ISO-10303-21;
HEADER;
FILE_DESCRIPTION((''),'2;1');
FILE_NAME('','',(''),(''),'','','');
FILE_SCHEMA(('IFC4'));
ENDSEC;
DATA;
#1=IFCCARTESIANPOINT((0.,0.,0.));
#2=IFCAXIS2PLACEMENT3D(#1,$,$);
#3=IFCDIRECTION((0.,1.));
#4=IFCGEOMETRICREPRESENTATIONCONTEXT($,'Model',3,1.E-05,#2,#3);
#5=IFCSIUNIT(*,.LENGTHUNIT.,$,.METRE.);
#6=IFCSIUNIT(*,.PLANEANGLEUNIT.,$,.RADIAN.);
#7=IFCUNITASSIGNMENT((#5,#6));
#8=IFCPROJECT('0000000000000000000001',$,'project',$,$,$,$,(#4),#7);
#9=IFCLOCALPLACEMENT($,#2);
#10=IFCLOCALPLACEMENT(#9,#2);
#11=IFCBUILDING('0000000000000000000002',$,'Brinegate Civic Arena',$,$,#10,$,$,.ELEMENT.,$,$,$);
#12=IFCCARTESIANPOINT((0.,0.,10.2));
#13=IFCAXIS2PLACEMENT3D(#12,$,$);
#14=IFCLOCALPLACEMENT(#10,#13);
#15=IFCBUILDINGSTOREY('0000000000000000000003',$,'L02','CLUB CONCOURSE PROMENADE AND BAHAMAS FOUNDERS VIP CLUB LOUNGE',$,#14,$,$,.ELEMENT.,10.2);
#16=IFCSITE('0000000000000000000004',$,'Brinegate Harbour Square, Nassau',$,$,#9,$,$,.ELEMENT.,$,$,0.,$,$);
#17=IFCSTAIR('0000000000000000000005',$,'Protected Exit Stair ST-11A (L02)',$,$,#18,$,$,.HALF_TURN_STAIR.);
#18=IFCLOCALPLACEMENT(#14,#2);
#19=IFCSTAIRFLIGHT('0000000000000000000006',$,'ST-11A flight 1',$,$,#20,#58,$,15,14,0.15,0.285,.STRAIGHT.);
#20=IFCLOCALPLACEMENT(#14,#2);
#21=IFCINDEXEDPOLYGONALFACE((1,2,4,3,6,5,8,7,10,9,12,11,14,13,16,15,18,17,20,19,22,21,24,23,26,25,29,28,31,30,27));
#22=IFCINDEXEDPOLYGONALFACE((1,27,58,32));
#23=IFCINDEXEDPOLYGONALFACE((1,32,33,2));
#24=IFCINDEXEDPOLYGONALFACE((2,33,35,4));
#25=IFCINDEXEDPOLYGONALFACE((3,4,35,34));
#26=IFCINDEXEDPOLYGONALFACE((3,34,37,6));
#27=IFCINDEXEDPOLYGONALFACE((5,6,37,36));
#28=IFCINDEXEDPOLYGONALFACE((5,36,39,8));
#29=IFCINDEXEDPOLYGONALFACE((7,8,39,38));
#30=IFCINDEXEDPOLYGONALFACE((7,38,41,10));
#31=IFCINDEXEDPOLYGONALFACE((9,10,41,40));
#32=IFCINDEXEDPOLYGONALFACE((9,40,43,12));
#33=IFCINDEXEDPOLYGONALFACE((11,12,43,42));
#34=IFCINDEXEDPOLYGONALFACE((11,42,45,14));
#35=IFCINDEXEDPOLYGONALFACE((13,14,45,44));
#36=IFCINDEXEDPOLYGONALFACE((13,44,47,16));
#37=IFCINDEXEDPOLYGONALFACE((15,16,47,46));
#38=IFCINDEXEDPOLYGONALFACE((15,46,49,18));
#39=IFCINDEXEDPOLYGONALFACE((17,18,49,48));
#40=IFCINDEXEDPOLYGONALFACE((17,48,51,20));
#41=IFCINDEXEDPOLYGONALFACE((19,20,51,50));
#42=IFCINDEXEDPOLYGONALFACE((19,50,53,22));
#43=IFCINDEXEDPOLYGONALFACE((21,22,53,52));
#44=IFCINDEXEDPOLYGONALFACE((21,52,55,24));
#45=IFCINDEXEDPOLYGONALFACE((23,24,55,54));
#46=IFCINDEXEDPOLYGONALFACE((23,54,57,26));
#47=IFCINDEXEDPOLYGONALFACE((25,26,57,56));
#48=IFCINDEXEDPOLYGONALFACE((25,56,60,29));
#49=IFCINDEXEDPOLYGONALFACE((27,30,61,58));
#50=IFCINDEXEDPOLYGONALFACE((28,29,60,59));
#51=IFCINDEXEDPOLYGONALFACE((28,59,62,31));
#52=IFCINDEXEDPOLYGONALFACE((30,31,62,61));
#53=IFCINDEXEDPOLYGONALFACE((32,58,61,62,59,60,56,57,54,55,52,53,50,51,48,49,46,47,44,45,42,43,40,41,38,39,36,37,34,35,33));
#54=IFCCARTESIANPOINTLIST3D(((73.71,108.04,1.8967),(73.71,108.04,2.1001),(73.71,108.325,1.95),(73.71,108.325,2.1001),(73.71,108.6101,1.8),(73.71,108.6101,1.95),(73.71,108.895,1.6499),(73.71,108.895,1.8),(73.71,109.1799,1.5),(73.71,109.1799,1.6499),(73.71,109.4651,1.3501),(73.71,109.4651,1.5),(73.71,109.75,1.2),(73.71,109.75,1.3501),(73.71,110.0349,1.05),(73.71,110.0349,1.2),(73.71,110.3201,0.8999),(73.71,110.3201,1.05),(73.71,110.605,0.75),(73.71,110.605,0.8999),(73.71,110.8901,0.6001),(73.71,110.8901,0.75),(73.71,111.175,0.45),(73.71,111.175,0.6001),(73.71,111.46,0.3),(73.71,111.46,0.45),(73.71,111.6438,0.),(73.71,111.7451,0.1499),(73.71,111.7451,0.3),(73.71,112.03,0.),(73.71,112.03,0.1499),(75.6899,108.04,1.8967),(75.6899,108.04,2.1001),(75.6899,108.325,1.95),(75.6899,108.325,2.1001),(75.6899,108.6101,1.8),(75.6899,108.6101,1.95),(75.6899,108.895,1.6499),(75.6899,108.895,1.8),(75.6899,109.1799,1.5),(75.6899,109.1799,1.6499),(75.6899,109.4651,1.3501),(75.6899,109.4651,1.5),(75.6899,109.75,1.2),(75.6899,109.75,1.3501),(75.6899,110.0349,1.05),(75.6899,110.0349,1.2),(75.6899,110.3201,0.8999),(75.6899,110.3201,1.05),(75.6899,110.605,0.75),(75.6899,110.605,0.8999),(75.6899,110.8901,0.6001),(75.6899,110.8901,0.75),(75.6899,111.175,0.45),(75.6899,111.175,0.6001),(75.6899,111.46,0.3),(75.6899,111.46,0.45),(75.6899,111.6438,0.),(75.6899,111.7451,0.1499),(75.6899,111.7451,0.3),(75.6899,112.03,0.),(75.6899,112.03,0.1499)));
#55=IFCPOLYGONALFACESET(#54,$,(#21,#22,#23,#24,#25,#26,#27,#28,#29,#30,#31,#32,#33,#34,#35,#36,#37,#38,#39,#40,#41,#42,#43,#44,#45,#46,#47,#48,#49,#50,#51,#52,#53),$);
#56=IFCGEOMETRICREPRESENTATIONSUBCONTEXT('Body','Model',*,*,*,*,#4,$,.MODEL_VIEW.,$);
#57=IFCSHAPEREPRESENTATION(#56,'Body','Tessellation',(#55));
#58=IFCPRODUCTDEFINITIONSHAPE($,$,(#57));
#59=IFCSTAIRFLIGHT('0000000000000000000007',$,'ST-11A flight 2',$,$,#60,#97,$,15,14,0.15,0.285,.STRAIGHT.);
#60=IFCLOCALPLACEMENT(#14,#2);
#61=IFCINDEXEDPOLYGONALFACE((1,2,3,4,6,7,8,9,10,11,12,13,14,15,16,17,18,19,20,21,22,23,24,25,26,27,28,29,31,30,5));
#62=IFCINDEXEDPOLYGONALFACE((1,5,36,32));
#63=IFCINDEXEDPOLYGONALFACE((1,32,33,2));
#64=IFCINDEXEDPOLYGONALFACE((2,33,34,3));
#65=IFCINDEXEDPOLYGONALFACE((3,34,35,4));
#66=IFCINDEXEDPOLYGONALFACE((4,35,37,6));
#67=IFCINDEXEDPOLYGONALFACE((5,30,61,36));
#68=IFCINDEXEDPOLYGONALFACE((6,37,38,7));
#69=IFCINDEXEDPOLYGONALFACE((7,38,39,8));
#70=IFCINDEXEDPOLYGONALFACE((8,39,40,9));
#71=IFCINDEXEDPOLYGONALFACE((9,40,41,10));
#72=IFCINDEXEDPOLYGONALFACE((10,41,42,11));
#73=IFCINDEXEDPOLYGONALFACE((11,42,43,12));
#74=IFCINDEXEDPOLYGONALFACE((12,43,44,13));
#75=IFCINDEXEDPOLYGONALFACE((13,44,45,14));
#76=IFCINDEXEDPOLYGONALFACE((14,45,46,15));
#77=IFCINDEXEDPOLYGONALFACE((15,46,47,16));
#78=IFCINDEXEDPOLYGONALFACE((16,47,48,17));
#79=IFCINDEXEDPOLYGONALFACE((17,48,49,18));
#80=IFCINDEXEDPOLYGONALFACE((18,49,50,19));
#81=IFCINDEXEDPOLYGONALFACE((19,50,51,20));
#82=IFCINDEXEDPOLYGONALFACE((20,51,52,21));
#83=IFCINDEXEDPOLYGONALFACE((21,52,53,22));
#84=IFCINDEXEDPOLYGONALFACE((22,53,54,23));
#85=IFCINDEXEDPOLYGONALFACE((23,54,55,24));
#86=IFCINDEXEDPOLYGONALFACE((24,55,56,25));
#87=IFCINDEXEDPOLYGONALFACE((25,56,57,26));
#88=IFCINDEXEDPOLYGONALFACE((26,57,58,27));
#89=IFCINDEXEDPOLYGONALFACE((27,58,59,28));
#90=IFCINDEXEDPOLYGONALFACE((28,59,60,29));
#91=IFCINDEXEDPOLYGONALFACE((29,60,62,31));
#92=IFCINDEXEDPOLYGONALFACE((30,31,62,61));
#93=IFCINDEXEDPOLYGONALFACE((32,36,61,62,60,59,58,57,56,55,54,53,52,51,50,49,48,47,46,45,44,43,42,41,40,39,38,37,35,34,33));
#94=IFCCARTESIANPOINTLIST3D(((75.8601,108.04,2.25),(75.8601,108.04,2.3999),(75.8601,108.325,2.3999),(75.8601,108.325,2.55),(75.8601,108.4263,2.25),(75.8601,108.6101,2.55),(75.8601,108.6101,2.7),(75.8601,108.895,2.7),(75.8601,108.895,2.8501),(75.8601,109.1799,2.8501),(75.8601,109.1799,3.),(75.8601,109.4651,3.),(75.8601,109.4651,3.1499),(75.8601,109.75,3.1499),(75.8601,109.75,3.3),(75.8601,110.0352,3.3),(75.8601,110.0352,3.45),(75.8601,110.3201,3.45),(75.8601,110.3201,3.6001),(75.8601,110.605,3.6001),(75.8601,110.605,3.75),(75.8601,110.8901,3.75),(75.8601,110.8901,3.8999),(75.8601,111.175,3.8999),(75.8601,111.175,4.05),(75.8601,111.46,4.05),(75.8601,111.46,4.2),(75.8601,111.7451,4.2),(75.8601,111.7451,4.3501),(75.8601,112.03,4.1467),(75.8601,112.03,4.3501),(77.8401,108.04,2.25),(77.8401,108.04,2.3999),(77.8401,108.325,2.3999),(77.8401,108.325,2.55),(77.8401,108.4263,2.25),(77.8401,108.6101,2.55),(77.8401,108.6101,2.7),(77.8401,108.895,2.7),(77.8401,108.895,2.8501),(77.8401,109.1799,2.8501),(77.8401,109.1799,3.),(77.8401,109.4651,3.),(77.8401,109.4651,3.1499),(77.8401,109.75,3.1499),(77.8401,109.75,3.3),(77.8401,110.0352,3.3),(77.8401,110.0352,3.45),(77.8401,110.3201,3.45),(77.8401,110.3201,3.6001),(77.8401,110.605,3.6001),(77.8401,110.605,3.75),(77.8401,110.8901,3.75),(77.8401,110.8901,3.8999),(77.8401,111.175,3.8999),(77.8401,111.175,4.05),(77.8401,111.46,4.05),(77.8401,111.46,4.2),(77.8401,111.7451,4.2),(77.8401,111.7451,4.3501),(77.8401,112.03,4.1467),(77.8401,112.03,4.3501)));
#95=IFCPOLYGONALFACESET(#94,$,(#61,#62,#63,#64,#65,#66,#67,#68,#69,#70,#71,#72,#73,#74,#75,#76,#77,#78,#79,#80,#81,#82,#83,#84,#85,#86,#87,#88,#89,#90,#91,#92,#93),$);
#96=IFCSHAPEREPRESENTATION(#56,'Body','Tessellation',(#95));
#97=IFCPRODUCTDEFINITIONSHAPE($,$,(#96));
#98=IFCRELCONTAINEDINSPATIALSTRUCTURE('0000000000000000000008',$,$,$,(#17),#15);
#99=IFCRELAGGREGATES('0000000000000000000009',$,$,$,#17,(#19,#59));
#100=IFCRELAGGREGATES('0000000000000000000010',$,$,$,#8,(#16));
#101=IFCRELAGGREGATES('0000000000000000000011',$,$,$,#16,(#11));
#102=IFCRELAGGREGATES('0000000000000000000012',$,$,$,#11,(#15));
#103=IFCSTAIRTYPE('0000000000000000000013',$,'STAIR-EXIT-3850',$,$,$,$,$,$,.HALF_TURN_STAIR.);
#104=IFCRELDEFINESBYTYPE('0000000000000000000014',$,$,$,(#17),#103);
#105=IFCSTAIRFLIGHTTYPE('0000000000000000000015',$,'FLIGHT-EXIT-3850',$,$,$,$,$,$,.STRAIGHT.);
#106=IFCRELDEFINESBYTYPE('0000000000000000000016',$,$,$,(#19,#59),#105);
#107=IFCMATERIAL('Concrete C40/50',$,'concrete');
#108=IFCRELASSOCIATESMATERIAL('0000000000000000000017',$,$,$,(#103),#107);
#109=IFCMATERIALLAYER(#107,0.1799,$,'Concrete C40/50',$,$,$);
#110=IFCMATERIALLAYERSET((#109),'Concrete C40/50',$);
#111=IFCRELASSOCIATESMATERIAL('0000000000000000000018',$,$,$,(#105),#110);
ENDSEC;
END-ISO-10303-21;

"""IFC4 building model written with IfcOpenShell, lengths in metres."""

from ifc_helpers import new_model, si_unit, direction, frame, origin, place, context, subcontext, project, spatial, polyline, outline, extrude, material, layer, layer_set, type_object, element, aggregate, save


model = new_model("IFC4")

# Units and contexts
model_context = context("Model", 3, precision=1e-05, world=origin(), true_north=direction((0.0, 1.0)))
body_context = subcontext(model_context, "Body", "Model", "MODEL_VIEW")
ifc_project = project(units=[si_unit("LENGTHUNIT", "METRE"), si_unit("PLANEANGLEUNIT", "RADIAN")], contexts=[model_context])

# Site, building, storey
site_placement = place(None, origin())
site = spatial("IfcSite", under=ifc_project, at=site_placement, Name="Brinegate Harbour Square, Nassau", CompositionType="ELEMENT", RefElevation=0.0)
building_placement = place(site_placement, origin())
building = spatial("IfcBuilding", under=site, at=building_placement, Name="Brinegate Civic Arena", CompositionType="ELEMENT")
storey_placement = place(building_placement, frame((0.0, 0.0, 10.2)))
storey = spatial("IfcBuildingStorey", under=building, at=storey_placement, Name="L02", Description="CLUB CONCOURSE PROMENADE AND BAHAMAS FOUNDERS VIP CLUB LOUNGE", CompositionType="ELEMENT", Elevation=10.2)

# Stair, stair flights
ifc_material_1 = material(Name="Concrete C40/50", Category="concrete")
stair_type_1 = type_object("IfcStairType", Name="STAIR-EXIT-3850", PredefinedType="HALF_TURN_STAIR", material=ifc_material_1)
stair_1_placement = place(storey_placement, origin())
stair_1 = element("IfcStair", 1, at=stair_1_placement, inside=storey, type_object=stair_type_1, Name="Protected Exit Stair ST-11A (L02)", PredefinedType="HALF_TURN_STAIR")
ifc_layer_1 = layer(ifc_material_1, 0.1799, Name="Concrete C40/50")
ifc_layer_set_1 = layer_set([ifc_layer_1], Name="Concrete C40/50")
stair_flight_type_1 = type_object("IfcStairFlightType", Name="FLIGHT-EXIT-3850", PredefinedType="STRAIGHT", material=ifc_layer_set_1)
stair_flight_1_placement = place(storey_placement, frame((74.7, 112.03, 0.0), z_axis=(0.0, 0.0, 1.0), x_axis=(0.0, -1.0, 0.0)))
stair_flight_1 = element("IfcStairFlight", 2, at=stair_flight_1_placement, type_object=stair_flight_type_1, Name="ST-11A flight 1", NumberOfRisers=15, NumberOfTreads=14, PredefinedType="STRAIGHT", RiserHeight=0.15, TreadLength=0.285, context=body_context, shape_type="SweptSolid", body=[
    extrude(outline(polyline([(0.0, 0.0), (0.0, 0.1499), (0.2849, 0.1499), (0.2849, 0.3), (0.5701, 0.3), (0.5701, 0.45), (0.855, 0.45), (0.855, 0.6001), (1.1399, 0.6001), (1.1399, 0.75), (1.425, 0.75), (1.425, 0.8999), (1.71, 0.8999), (1.71, 1.05), (1.9951, 1.05), (1.9951, 1.2), (2.28, 1.2), (2.28, 1.3501), (2.5649, 1.3501), (2.5649, 1.5), (2.8501, 1.5), (2.8501, 1.6499), (3.135, 1.6499), (3.135, 1.8), (3.4199, 1.8), (3.4199, 1.95), (3.7051, 1.95), (3.7051, 2.1001), (3.99, 2.1001), (3.99, 2.25), (3.99, 1.8967), (0.3862, 0.0), (0.0, 0.0)])), frame((0.0, 0.99, 0.0), z_axis=(0.0, -1.0, 0.0), x_axis=(1.0, 0.0, 0.0)), (0.0, 0.0, 1.0), 1.98),
])
stair_flight_2_placement = place(storey_placement, frame((76.8501, 108.04, 2.25), z_axis=(0.0, 0.0, 1.0), x_axis=(0.0, 1.0, 0.0)))
stair_flight_2 = element("IfcStairFlight", 3, at=stair_flight_2_placement, type_object=stair_flight_type_1, Name="ST-11A flight 2", NumberOfRisers=15, NumberOfTreads=14, PredefinedType="STRAIGHT", RiserHeight=0.15, TreadLength=0.285, context=body_context, shape_type="SweptSolid", body=[
    extrude(outline(polyline([(0.0, 0.0), (0.0, 0.1499), (0.2849, 0.1499), (0.2849, 0.3), (0.5701, 0.3), (0.5701, 0.45), (0.855, 0.45), (0.855, 0.6001), (1.1399, 0.6001), (1.1399, 0.75), (1.425, 0.75), (1.425, 0.8999), (1.71, 0.8999), (1.71, 1.05), (1.9951, 1.05), (1.9951, 1.2), (2.28, 1.2), (2.28, 1.3501), (2.5649, 1.3501), (2.5649, 1.5), (2.8501, 1.5), (2.8501, 1.6499), (3.135, 1.6499), (3.135, 1.8), (3.4199, 1.8), (3.4199, 1.95), (3.7051, 1.95), (3.7051, 2.1001), (3.99, 2.1001), (3.99, 2.25), (3.99, 1.8967), (0.3862, 0.0), (0.0, 0.0)])), frame((0.0, 0.99, 0.0), z_axis=(0.0, -1.0, 0.0), x_axis=(1.0, 0.0, 0.0)), (0.0, 0.0, 1.0), 1.98),
])
aggregate(stair_1, [stair_flight_1, stair_flight_2])

save(model, "model.ifc")
